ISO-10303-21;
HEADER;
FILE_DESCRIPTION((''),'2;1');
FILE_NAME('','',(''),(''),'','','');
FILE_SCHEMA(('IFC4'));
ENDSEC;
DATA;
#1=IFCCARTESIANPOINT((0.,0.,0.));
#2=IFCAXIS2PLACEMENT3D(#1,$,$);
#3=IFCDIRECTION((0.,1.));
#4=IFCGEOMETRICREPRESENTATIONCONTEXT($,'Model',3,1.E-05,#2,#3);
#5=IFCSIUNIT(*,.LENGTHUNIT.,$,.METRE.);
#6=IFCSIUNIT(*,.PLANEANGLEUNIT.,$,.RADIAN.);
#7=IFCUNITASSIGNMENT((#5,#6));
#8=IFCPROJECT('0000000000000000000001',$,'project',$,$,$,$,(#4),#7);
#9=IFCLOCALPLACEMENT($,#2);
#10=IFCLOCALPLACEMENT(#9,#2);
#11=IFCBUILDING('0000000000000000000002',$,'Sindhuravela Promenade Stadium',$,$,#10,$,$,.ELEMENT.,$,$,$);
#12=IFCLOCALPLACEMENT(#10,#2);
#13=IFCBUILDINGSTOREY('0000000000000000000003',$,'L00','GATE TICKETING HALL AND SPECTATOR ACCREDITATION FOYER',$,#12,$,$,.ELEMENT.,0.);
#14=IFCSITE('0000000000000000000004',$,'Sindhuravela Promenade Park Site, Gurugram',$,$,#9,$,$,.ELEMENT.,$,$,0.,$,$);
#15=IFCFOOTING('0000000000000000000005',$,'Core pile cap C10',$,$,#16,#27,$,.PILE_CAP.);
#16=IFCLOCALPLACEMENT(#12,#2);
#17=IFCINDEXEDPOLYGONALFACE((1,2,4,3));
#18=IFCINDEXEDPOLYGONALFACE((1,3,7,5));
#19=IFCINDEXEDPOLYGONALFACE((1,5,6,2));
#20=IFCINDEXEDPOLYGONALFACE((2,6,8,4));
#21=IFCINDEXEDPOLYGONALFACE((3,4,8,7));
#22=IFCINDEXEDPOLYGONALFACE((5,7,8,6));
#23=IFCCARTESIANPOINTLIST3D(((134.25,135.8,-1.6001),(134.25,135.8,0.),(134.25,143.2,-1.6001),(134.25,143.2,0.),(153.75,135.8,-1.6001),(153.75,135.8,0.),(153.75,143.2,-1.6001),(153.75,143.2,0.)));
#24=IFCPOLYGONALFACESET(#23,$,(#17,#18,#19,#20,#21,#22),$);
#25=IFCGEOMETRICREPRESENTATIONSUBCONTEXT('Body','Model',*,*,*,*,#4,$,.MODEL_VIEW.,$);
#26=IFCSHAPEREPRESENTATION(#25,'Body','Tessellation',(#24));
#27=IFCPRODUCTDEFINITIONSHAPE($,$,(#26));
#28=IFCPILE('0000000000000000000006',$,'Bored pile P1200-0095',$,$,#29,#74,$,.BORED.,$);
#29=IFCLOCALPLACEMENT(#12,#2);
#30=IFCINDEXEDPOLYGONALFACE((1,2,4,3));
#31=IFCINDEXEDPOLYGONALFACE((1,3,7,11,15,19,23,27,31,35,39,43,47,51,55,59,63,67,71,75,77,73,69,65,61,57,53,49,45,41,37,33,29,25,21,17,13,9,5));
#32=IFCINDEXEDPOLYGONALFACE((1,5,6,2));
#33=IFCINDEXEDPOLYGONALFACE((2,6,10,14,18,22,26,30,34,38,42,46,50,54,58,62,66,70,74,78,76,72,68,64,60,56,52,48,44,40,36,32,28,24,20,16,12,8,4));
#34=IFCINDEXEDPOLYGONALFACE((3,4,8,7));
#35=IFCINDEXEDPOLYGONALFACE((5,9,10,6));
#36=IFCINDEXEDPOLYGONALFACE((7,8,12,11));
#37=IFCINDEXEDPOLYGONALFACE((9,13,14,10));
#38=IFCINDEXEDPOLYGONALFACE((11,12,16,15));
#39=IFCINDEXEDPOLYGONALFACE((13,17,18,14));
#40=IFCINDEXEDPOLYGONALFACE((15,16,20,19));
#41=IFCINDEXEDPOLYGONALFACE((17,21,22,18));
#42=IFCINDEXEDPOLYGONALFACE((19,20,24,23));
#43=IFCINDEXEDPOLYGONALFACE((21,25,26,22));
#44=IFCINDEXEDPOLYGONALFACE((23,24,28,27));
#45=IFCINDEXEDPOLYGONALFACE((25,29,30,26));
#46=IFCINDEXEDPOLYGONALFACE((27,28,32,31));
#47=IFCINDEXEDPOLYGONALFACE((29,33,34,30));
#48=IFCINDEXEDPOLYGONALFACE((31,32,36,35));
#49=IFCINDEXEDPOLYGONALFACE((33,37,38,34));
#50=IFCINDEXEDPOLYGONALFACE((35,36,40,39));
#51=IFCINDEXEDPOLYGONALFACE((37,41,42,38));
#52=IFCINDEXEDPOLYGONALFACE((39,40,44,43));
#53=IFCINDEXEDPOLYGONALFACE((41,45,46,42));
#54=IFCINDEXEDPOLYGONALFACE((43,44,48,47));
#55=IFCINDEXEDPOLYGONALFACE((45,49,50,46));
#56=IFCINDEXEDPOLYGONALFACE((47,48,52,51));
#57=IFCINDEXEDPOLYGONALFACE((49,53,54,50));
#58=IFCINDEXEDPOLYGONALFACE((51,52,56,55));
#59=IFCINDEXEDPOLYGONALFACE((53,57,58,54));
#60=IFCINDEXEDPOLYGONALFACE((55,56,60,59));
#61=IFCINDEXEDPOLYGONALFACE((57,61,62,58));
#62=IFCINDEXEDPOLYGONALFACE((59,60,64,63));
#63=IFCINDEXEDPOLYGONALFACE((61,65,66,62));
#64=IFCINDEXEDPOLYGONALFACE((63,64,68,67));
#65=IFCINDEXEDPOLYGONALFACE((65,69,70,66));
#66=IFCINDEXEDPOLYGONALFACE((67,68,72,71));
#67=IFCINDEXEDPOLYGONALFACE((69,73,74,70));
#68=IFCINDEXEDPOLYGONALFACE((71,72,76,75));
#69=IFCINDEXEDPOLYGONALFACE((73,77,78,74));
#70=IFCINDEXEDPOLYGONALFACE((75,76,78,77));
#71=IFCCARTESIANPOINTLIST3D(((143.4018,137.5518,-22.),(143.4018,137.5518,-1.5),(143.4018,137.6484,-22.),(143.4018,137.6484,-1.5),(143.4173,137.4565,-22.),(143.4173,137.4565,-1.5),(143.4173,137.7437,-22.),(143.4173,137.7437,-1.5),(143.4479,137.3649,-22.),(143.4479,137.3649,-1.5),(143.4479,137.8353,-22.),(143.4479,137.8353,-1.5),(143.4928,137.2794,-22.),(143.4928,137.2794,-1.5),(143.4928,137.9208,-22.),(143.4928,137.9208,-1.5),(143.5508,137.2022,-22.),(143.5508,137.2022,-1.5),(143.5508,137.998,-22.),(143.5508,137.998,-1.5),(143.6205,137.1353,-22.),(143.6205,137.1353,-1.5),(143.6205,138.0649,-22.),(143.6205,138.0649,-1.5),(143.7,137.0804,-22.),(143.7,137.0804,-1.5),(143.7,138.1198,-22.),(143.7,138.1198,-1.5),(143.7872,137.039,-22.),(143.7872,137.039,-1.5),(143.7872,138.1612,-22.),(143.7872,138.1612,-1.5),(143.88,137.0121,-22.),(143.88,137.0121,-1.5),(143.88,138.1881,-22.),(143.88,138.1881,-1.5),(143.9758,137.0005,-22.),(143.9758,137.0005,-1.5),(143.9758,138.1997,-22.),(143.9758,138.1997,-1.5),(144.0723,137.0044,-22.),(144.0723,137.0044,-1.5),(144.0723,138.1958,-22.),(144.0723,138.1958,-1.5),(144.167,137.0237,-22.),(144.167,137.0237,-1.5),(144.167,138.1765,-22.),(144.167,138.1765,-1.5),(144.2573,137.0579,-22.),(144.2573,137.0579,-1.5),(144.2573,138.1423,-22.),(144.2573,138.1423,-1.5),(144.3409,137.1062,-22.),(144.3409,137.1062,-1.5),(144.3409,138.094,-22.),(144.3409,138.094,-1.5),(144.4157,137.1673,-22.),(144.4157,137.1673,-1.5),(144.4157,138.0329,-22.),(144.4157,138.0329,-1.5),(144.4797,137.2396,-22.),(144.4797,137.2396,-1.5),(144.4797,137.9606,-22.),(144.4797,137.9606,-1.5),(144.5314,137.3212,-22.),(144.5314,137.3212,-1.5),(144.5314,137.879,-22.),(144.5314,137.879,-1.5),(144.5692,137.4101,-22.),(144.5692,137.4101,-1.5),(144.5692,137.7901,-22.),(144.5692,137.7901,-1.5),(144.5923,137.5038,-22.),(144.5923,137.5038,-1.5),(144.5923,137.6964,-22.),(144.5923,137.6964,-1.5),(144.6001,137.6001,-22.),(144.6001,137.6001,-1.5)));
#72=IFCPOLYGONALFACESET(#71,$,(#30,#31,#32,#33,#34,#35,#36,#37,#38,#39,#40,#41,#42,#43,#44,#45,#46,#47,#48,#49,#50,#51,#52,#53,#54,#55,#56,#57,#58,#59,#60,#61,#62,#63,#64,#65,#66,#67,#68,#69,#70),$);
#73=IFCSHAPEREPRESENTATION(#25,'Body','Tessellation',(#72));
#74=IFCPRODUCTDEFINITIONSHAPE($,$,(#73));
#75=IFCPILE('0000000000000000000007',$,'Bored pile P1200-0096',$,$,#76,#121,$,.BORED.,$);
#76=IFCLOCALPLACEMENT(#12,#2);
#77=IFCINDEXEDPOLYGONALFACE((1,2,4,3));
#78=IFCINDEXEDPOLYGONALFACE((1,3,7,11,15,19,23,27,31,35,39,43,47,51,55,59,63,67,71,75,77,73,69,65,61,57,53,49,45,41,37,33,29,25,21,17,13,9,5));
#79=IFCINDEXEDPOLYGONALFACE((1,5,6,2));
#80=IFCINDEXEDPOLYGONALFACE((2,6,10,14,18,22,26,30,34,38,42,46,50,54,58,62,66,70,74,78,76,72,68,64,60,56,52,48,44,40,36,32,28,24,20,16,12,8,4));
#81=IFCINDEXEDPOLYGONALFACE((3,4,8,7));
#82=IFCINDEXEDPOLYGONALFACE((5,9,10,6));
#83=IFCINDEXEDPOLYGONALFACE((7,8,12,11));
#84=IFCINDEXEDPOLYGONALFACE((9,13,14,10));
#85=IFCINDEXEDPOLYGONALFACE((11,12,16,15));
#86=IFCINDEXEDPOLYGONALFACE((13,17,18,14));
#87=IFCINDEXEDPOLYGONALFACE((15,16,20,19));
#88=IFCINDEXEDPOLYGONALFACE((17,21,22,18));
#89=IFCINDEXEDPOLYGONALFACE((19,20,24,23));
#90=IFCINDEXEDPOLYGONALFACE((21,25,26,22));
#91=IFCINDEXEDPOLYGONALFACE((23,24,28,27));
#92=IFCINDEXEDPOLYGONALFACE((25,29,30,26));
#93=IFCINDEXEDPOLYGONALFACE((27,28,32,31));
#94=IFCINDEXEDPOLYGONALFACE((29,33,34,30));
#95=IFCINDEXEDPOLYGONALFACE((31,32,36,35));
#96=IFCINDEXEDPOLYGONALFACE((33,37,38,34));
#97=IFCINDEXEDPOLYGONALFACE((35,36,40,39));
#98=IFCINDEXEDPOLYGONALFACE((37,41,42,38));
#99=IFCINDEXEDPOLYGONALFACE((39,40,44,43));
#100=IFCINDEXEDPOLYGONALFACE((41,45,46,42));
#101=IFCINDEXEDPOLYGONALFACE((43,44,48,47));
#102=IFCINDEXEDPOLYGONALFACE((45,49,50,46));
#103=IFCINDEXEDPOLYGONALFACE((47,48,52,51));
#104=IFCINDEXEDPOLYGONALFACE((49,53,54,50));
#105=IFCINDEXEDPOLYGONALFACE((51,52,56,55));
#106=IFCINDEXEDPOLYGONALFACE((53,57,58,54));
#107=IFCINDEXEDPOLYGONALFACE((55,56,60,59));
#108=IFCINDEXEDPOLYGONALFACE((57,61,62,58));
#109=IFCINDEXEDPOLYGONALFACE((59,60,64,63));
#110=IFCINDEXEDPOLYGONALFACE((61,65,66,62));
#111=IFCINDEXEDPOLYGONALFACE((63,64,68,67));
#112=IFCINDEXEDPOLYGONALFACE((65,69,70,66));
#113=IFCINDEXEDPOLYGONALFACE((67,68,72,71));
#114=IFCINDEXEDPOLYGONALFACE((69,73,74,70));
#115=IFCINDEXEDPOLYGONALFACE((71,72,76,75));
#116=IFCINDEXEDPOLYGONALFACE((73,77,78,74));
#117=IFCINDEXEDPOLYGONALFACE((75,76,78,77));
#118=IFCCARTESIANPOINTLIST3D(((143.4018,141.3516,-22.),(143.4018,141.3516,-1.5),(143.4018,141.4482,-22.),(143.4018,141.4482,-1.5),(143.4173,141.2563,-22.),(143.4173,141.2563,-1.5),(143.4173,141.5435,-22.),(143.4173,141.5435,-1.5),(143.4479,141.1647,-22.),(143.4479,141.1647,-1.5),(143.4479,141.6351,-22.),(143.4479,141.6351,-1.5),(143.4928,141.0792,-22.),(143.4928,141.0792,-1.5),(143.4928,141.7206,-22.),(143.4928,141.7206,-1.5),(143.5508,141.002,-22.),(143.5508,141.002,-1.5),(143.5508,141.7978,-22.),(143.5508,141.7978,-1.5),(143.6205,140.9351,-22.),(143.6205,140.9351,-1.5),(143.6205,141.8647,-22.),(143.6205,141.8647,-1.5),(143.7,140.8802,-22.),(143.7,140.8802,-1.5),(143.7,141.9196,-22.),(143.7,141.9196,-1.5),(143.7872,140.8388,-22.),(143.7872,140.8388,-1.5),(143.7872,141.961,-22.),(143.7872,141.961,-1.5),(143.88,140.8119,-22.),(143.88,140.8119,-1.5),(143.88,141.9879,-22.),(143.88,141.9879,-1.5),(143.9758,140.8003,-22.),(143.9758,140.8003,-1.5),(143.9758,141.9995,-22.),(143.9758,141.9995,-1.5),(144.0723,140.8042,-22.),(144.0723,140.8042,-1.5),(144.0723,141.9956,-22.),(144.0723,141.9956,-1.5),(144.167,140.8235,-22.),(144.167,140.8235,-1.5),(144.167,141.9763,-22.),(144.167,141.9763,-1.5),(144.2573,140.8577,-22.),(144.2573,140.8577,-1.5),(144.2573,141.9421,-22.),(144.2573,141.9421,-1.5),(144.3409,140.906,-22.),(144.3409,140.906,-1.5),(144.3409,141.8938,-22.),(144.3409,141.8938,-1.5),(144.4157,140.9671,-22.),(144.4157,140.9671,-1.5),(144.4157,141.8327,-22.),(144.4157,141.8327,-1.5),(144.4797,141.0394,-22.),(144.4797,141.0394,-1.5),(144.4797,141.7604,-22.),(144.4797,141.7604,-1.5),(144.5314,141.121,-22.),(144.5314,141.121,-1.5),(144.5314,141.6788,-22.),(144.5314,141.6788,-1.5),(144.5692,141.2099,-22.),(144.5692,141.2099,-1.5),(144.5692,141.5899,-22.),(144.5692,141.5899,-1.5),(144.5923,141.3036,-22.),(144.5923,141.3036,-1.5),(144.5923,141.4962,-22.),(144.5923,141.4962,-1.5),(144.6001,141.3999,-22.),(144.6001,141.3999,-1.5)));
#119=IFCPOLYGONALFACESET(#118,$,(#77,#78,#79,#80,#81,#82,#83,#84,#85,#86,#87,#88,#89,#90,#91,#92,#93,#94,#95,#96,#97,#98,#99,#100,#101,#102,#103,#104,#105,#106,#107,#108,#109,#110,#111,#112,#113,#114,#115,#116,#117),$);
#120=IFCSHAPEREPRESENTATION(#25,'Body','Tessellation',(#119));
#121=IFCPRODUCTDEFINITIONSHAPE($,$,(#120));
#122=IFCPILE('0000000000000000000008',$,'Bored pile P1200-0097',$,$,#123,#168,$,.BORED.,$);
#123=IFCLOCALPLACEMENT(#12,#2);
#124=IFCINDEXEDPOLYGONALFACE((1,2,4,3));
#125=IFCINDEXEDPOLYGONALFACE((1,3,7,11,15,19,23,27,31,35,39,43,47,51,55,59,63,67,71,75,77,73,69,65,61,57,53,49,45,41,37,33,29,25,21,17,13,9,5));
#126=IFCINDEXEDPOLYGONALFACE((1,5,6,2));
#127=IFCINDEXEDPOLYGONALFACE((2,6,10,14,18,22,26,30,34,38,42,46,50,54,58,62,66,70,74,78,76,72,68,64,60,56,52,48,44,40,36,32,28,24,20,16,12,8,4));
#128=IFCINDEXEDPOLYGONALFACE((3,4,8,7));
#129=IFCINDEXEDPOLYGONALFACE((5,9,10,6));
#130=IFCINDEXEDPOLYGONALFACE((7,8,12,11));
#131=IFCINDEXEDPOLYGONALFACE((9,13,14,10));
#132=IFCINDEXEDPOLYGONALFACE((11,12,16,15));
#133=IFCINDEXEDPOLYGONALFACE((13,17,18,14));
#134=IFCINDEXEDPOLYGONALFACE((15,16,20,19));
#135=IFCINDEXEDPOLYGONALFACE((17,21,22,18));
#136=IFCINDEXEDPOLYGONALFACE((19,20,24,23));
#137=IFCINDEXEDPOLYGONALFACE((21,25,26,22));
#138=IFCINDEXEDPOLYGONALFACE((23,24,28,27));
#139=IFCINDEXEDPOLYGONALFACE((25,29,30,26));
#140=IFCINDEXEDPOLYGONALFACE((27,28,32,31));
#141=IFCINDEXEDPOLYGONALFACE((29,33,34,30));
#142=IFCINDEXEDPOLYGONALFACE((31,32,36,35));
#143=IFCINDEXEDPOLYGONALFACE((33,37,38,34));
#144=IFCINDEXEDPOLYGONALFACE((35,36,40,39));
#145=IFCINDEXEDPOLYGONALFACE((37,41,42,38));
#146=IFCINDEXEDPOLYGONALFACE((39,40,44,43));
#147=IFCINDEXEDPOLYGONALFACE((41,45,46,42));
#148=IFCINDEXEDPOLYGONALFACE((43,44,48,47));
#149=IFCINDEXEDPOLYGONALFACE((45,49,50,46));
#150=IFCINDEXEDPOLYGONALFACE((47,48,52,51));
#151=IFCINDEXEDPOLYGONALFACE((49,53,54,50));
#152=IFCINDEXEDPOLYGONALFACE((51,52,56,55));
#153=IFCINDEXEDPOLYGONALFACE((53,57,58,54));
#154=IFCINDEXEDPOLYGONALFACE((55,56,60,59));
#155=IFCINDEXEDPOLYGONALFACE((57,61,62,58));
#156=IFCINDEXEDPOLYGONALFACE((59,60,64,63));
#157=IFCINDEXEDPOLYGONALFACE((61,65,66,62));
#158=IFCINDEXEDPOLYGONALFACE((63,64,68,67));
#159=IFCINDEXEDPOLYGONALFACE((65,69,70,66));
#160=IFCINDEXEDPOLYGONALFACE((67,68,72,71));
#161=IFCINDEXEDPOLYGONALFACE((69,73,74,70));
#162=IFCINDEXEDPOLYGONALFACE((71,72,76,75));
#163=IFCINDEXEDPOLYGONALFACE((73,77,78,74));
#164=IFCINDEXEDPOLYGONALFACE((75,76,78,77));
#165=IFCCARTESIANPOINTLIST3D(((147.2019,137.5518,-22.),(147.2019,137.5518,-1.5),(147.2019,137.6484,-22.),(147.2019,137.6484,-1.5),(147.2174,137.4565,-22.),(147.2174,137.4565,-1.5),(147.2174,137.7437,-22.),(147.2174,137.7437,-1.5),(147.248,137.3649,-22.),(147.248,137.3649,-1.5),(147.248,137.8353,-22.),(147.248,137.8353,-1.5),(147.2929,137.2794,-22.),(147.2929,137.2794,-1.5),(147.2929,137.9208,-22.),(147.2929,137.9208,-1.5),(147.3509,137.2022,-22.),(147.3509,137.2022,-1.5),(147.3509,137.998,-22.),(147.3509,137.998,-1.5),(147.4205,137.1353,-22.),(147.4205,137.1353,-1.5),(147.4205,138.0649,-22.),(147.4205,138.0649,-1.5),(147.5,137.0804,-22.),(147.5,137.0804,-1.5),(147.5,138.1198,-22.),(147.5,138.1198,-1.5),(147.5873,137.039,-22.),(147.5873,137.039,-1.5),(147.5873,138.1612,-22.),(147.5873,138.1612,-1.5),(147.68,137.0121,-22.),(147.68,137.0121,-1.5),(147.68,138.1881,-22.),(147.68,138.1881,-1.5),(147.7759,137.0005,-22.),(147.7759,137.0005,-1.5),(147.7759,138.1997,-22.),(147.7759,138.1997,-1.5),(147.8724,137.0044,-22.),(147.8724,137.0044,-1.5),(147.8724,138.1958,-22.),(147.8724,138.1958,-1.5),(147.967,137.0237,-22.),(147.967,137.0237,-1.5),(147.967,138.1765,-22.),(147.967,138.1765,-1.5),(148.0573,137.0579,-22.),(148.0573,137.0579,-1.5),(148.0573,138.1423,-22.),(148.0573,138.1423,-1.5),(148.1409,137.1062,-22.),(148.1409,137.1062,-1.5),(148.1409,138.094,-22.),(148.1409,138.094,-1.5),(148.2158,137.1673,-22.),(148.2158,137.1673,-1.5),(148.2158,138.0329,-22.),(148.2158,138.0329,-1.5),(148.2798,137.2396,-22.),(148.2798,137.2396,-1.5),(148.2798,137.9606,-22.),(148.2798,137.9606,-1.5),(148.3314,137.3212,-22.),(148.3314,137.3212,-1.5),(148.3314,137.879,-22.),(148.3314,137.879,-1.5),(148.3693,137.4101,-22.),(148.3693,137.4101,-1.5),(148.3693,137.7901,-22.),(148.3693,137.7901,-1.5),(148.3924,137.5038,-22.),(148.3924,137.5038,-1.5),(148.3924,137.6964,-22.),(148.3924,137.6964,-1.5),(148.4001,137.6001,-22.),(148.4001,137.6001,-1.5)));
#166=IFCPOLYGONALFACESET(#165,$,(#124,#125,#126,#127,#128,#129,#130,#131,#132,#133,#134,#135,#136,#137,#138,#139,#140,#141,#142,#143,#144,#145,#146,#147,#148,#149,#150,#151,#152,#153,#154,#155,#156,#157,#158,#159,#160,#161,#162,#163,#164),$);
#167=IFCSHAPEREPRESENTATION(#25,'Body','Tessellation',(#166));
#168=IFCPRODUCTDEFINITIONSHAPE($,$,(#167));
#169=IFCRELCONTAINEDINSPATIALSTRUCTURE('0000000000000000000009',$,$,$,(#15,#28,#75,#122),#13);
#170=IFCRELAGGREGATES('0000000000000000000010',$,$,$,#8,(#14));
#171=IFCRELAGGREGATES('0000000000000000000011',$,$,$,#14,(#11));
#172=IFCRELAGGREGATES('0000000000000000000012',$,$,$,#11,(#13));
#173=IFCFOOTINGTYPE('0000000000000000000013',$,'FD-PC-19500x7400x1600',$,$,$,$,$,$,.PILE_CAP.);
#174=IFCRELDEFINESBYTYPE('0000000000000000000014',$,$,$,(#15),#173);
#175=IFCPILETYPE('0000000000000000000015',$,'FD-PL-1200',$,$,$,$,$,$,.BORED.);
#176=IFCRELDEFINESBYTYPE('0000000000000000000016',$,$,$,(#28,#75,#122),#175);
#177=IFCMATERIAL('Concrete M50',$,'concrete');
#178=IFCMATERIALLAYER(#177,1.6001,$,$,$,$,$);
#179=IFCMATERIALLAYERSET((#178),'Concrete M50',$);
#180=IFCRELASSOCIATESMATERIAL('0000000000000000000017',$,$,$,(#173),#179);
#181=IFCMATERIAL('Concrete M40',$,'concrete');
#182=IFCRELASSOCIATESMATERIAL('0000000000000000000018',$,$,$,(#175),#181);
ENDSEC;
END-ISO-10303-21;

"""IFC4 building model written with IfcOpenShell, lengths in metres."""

from ifc_helpers import new_model, si_unit, direction, frame, origin, origin_2d, place, context, subcontext, project, spatial, rectangle, circle, extrude, material, layer, layer_set, material_profile, profile_set, type_object, element, save


model = new_model("IFC4")

# Units and contexts
model_context = context("Model", 3, precision=1e-05, world=origin(), true_north=direction((0.0, 1.0)))
body_context = subcontext(model_context, "Body", "Model", "MODEL_VIEW")
ifc_project = project(units=[si_unit("LENGTHUNIT", "METRE"), si_unit("PLANEANGLEUNIT", "RADIAN")], contexts=[model_context])

# Site, building, storey
site_placement = place(None, origin())
site = spatial("IfcSite", under=ifc_project, at=site_placement, Name="Sindhuravela Promenade Park Site, Gurugram", CompositionType="ELEMENT", RefElevation=0.0)
building_placement = place(site_placement, origin())
building = spatial("IfcBuilding", under=site, at=building_placement, Name="Sindhuravela Promenade Stadium", CompositionType="ELEMENT")
storey_placement = place(building_placement, origin())
storey = spatial("IfcBuildingStorey", under=building, at=storey_placement, Name="L00", Description="GATE TICKETING HALL AND SPECTATOR ACCREDITATION FOYER", CompositionType="ELEMENT", Elevation=0.0)

# Footing
ifc_material_1 = material(Name="Concrete M50", Category="concrete")
ifc_layer_1 = layer(ifc_material_1, 1.6001)
ifc_layer_set_1 = layer_set([ifc_layer_1], Name="Concrete M50")
footing_type = type_object("IfcFootingType", Name="FD-PC-19500x7400x1600", PredefinedType="PILE_CAP", material=ifc_layer_set_1)
footing_placement = place(storey_placement, frame((144.0, 139.5, -1.6001), z_axis=(0.0, 0.0, 1.0), x_axis=(1.0, 0.0, 0.0)))
element("IfcFooting", 1, at=footing_placement, inside=storey, type_object=footing_type, Name="Core pile cap C10", PredefinedType="PILE_CAP", context=body_context, shape_type="SweptSolid", body=[
    extrude(rectangle(XDim=19.5, YDim=7.3999, at=origin_2d()), origin(), (0.0, 0.0, 1.0), 1.6001),
])

# Piles
ifc_material_2 = material(Name="Concrete M40", Category="concrete")
ifc_material_profile_1 = material_profile(ifc_material_2, circle(Radius=0.6001, at=origin_2d()), Name="BORED PILE D1200")
ifc_profile_set_1 = profile_set([ifc_material_profile_1], Name="Concrete M40")
pile_type = type_object("IfcPileType", Name="FD-PL-1200", PredefinedType="BORED", material=ifc_profile_set_1)
for number, where, z_axis, x_axis, name in (
    (2, (144.0, 137.6001, -1.5), (0.0, 0.0, -1.0), (1.0, 0.0, 0.0), "Bored pile P1200-0095"),
    (3, (144.0, 141.3999, -1.5), (0.0, 0.0, -1.0), (1.0, 0.0, 0.0), "Bored pile P1200-0096"),
    (4, (147.8, 137.6001, -1.5), (0.0, 0.0, -1.0), (1.0, 0.0, 0.0), "Bored pile P1200-0097"),
):
    element("IfcPile", number, at=place(storey_placement, frame(where, z_axis=z_axis, x_axis=x_axis)), inside=storey, type_object=pile_type, Name=name, PredefinedType="BORED", context=body_context, shape_type="SweptSolid", body=[
        extrude(circle(Radius=0.6001, at=origin_2d()), origin(), (0.0, 0.0, 1.0), 20.5),
    ])

save(model, "model.ifc")
